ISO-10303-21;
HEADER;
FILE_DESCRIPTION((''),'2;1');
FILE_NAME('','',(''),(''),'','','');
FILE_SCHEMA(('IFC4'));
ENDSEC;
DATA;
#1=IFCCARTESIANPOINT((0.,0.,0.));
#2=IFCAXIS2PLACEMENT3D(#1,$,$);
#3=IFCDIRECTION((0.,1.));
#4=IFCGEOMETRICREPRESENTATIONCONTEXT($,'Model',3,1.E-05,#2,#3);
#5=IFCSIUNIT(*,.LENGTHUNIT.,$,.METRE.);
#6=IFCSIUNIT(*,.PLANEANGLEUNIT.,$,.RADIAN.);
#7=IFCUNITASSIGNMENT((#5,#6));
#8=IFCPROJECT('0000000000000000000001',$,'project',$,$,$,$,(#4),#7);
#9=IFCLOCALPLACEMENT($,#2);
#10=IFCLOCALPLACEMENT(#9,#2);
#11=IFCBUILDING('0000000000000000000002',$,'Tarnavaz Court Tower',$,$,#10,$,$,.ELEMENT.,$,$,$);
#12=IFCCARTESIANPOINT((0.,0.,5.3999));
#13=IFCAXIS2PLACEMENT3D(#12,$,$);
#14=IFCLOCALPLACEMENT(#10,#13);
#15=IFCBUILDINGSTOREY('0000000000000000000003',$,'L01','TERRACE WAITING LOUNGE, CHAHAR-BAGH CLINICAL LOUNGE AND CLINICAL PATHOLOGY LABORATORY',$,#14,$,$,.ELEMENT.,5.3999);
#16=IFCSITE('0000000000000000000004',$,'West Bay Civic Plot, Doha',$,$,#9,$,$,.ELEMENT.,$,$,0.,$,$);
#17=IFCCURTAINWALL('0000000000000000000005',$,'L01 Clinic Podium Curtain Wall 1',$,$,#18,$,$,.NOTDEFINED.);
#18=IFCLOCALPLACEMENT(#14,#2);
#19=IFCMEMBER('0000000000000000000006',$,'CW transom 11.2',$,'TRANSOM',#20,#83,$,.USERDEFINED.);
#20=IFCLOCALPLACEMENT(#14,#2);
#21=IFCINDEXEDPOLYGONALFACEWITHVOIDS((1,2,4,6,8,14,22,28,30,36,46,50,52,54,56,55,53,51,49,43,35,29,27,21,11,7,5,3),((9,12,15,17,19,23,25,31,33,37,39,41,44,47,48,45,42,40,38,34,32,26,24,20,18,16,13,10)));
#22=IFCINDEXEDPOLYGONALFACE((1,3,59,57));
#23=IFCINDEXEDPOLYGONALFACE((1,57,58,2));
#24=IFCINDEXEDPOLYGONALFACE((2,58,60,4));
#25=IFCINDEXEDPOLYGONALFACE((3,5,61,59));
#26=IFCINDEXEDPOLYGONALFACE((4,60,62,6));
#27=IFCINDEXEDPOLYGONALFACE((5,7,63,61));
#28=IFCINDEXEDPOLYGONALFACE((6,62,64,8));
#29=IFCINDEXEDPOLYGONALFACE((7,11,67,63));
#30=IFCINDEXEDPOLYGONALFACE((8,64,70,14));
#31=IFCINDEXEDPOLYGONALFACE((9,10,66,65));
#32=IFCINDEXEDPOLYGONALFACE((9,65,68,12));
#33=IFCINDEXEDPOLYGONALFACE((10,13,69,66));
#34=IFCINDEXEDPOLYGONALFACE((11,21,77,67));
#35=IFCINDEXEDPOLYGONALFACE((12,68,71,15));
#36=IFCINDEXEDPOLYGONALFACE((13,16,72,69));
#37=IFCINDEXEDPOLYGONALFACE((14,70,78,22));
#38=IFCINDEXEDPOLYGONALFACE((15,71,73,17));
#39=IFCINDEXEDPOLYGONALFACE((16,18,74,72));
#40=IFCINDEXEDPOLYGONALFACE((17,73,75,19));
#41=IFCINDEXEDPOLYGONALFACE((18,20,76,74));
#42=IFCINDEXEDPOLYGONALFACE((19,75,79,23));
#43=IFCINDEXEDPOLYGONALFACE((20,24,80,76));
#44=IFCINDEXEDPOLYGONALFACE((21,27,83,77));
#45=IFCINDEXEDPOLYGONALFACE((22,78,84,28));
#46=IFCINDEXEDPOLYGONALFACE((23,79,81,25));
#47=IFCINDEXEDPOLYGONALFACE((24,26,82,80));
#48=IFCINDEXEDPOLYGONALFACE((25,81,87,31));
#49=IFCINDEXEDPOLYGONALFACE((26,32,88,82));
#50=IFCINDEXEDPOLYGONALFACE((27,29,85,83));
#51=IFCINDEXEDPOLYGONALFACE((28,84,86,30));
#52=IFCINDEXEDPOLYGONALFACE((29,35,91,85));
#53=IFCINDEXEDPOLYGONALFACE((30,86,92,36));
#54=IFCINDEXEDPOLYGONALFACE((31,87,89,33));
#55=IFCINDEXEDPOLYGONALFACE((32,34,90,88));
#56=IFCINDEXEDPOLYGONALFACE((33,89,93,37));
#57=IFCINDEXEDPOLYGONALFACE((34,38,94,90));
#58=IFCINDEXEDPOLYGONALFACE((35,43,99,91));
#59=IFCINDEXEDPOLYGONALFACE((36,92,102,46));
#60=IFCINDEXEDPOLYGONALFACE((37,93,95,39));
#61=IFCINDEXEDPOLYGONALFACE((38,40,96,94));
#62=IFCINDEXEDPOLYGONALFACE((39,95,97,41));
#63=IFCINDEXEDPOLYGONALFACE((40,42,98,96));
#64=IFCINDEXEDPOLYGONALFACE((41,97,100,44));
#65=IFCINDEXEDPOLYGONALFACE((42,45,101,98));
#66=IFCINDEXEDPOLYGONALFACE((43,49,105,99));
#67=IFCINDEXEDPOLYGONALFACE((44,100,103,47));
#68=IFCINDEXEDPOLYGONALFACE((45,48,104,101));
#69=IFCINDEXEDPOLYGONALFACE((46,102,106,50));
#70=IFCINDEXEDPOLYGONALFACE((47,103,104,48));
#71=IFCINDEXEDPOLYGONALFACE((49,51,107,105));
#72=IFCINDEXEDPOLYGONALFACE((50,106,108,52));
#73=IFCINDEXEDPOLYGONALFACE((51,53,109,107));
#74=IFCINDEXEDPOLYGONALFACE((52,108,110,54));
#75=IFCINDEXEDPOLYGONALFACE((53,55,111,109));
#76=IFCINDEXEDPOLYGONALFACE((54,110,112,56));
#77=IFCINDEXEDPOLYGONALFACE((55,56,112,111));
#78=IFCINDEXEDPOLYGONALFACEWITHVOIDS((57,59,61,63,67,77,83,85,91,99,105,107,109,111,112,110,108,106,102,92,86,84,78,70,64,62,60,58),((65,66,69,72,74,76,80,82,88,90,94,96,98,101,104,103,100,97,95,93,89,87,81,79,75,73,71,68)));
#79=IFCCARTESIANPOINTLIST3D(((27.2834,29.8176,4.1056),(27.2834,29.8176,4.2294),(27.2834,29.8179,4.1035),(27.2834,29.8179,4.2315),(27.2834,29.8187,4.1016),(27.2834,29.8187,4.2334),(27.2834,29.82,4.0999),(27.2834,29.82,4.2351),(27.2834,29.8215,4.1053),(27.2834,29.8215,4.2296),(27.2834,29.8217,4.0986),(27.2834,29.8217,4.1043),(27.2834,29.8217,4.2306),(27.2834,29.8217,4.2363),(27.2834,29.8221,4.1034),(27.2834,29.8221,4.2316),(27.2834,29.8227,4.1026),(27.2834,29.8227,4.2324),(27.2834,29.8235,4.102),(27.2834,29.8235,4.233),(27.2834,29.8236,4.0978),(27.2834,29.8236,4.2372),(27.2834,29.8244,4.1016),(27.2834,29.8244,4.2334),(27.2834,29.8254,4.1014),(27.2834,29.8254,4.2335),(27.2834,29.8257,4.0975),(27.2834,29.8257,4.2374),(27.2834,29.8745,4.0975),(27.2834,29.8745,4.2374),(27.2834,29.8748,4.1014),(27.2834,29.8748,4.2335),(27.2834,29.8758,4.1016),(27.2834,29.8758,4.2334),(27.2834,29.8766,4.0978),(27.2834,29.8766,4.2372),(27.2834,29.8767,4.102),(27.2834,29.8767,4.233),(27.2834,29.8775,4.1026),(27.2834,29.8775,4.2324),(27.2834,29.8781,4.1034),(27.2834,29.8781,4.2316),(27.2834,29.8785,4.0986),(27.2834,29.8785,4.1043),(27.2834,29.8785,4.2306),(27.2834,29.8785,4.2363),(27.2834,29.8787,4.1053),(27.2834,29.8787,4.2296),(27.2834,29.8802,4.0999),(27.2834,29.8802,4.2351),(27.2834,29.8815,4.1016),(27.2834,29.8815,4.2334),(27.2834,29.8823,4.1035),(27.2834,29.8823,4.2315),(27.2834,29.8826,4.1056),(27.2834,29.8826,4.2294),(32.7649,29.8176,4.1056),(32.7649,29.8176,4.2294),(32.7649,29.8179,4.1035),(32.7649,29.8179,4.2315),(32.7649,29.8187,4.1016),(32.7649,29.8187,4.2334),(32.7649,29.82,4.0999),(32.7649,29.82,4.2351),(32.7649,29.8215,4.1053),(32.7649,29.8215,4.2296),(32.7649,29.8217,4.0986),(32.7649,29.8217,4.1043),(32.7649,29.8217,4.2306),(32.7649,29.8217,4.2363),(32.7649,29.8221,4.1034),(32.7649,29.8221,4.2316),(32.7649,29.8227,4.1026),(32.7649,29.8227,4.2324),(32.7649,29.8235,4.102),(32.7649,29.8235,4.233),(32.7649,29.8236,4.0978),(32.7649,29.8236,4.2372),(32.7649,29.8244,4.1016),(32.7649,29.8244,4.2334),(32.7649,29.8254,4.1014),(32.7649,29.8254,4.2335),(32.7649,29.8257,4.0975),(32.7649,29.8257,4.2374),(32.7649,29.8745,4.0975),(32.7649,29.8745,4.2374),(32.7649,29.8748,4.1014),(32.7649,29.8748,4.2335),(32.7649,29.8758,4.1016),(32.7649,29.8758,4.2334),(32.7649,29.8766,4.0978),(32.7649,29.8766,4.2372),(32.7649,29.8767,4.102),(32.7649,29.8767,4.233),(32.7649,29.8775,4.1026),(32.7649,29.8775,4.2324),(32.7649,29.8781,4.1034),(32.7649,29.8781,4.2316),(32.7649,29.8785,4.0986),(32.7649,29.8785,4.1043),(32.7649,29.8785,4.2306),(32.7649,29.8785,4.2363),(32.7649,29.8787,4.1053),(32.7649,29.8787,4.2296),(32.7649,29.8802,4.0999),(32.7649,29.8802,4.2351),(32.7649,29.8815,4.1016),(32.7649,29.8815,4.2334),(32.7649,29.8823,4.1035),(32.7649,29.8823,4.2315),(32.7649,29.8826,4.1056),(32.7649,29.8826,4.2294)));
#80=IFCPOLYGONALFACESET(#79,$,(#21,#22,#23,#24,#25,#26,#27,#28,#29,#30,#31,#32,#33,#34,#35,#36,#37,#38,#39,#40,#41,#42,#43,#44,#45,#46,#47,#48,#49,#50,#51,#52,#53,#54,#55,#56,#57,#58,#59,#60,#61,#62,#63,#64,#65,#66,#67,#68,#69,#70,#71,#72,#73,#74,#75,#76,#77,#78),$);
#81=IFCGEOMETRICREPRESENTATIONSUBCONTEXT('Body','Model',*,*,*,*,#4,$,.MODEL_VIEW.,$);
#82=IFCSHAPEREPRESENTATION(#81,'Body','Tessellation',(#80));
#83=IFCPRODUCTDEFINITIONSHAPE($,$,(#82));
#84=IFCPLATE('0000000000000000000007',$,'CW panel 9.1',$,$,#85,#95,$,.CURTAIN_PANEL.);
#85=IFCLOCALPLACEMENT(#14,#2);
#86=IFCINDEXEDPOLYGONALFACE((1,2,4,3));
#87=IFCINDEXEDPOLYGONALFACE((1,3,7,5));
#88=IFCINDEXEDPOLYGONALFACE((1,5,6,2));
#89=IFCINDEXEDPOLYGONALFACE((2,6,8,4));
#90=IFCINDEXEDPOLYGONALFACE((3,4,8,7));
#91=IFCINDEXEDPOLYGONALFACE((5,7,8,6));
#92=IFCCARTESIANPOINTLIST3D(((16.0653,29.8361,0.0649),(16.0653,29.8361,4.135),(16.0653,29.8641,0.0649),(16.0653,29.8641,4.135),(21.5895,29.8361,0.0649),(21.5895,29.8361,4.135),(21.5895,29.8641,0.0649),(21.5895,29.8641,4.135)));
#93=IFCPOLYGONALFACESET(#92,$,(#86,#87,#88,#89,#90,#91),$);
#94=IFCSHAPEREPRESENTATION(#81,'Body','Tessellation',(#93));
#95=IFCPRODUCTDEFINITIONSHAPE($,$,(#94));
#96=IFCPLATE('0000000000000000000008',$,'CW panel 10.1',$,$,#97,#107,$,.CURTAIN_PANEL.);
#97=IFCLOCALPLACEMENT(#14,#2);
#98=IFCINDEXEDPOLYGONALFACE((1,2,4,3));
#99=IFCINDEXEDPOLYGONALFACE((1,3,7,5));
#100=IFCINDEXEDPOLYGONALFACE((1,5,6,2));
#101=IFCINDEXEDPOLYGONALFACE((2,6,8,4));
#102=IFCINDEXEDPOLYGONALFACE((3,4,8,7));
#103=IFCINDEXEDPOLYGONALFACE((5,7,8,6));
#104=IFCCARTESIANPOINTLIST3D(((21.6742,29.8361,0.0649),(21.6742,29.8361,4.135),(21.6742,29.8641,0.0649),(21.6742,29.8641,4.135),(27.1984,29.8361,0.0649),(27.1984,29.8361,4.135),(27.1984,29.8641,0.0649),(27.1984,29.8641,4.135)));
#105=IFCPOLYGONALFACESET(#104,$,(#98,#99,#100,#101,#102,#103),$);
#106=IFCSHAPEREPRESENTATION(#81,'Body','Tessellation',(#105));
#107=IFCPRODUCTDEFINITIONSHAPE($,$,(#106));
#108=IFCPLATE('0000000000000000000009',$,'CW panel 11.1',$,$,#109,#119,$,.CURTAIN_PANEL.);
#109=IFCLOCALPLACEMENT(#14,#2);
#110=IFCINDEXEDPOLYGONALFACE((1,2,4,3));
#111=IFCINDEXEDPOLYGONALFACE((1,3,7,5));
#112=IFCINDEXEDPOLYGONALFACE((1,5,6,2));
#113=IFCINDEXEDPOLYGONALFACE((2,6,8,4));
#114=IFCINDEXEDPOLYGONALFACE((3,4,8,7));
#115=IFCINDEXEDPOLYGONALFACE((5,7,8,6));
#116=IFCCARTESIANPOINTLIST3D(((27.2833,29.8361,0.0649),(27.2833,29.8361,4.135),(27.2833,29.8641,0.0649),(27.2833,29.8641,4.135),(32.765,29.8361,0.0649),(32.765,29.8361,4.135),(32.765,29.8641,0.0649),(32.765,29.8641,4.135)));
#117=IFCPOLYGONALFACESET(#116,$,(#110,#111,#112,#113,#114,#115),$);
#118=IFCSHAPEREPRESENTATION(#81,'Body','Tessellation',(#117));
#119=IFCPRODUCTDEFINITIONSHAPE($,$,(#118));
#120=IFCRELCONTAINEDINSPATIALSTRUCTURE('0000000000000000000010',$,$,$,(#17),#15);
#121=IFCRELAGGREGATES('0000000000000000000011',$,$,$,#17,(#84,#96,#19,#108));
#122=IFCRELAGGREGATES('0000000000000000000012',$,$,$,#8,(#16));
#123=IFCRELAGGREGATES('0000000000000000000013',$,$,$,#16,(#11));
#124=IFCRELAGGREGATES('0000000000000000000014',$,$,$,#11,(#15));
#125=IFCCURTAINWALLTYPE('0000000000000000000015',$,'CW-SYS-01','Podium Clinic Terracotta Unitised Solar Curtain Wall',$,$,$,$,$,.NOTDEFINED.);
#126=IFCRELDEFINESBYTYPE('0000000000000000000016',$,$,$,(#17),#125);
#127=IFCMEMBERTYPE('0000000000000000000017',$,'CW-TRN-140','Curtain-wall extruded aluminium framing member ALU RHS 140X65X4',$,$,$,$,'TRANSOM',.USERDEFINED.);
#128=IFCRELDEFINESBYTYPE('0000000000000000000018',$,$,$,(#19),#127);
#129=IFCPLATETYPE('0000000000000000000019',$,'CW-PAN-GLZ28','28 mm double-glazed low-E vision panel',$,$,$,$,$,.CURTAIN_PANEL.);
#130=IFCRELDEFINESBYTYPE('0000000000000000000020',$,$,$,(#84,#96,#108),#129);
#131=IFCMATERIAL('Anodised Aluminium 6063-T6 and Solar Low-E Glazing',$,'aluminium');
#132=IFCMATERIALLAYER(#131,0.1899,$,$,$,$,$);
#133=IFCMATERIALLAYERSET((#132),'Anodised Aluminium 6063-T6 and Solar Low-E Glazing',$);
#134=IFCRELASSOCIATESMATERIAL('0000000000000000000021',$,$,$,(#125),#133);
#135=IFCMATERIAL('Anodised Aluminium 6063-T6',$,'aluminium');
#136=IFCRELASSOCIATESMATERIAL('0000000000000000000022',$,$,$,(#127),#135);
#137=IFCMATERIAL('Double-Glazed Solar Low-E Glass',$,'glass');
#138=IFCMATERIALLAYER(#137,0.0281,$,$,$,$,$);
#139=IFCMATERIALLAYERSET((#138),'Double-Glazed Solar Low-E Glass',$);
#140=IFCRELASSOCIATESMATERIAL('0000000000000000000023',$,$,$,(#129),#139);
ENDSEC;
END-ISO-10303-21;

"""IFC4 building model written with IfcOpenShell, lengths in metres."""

from ifc_helpers import new_model, si_unit, direction, frame, origin, origin_2d, place, context, subcontext, project, spatial, rectangle, hollow_rectangle, extrude, material, layer, layer_set, material_profile, profile_set, type_object, element, aggregate, save


model = new_model("IFC4")

# Units and contexts
model_context = context("Model", 3, precision=1e-05, world=origin(), true_north=direction((0.0, 1.0)))
body_context = subcontext(model_context, "Body", "Model", "MODEL_VIEW")
ifc_project = project(units=[si_unit("LENGTHUNIT", "METRE"), si_unit("PLANEANGLEUNIT", "RADIAN")], contexts=[model_context])

# Site, building, storey
site_placement = place(None, origin())
site = spatial("IfcSite", under=ifc_project, at=site_placement, Name="West Bay Civic Plot, Doha", CompositionType="ELEMENT", RefElevation=0.0)
building_placement = place(site_placement, origin())
building = spatial("IfcBuilding", under=site, at=building_placement, Name="Tarnavaz Court Tower", CompositionType="ELEMENT")
storey_placement = place(building_placement, frame((0.0, 0.0, 5.3999)))
storey = spatial("IfcBuildingStorey", under=building, at=storey_placement, Name="L01", Description="TERRACE WAITING LOUNGE, CHAHAR-BAGH CLINICAL LOUNGE AND CLINICAL PATHOLOGY LABORATORY", CompositionType="ELEMENT", Elevation=5.3999)

# Curtain wall, member, plates
ifc_material_1 = material(Name="Anodised Aluminium 6063-T6 and Solar Low-E Glazing", Category="aluminium")
ifc_layer_1 = layer(ifc_material_1, 0.1899)
ifc_layer_set_1 = layer_set([ifc_layer_1], Name="Anodised Aluminium 6063-T6 and Solar Low-E Glazing")
curtain_wall_type = type_object("IfcCurtainWallType", Name="CW-SYS-01", Description="Podium Clinic Terracotta Unitised Solar Curtain Wall", PredefinedType="NOTDEFINED", material=ifc_layer_set_1)
curtain_wall_placement = place(storey_placement, origin())
curtain_wall = element("IfcCurtainWall", 1, at=curtain_wall_placement, inside=storey, type_object=curtain_wall_type, Name="L01 Clinic Podium Curtain Wall 1", PredefinedType="NOTDEFINED")
ifc_material_2 = material(Name="Anodised Aluminium 6063-T6", Category="aluminium")
ifc_material_profile_1 = material_profile(ifc_material_2, hollow_rectangle(XDim=0.0649, YDim=0.1399, WallThickness=0.0039, InnerFilletRadius=0.0039, OuterFilletRadius=0.0081, at=origin_2d()), Name="ALU RHS 140X65X4")
ifc_profile_set_1 = profile_set([ifc_material_profile_1], Name="Anodised Aluminium 6063-T6")
member_type_1 = type_object("IfcMemberType", Name="CW-TRN-140", Description="Curtain-wall extruded aluminium framing member ALU RHS 140X65X4", ElementType="TRANSOM", PredefinedType="USERDEFINED", material=ifc_profile_set_1)
member_1_placement = place(storey_placement, frame((27.2834, 29.8501, 4.1675), z_axis=(1.0, 0.0, 0.0), x_axis=(0.0, 1.0, 0.0)))
member_1 = element("IfcMember", 2, at=member_1_placement, type_object=member_type_1, Name="CW transom 11.2", ObjectType="TRANSOM", PredefinedType="USERDEFINED", context=body_context, shape_type="SweptSolid", body=[
    extrude(hollow_rectangle(XDim=0.0649, YDim=0.1399, WallThickness=0.0039, InnerFilletRadius=0.0039, OuterFilletRadius=0.0081, at=origin_2d()), origin(), (0.0, 0.0, 1.0), 5.4814),
])
ifc_material_3 = material(Name="Double-Glazed Solar Low-E Glass", Category="glass")
ifc_layer_2 = layer(ifc_material_3, 0.0281)
ifc_layer_set_2 = layer_set([ifc_layer_2], Name="Double-Glazed Solar Low-E Glass")
plate_type = type_object("IfcPlateType", Name="CW-PAN-GLZ28", Description="28 mm double-glazed low-E vision panel", PredefinedType="CURTAIN_PANEL", material=ifc_layer_set_2)
plate_1_placement = place(storey_placement, frame((18.8274, 29.8501, 0.0649), z_axis=(0.0, 0.0, 1.0), x_axis=(1.0, 0.0, 0.0)))
plate_1 = element("IfcPlate", 3, at=plate_1_placement, type_object=plate_type, Name="CW panel 9.1", PredefinedType="CURTAIN_PANEL", context=body_context, shape_type="SweptSolid", body=[
    extrude(rectangle(XDim=5.5242, YDim=0.0281, at=origin_2d()), origin(), (0.0, 0.0, 1.0), 4.0701),
])
plate_2_placement = place(storey_placement, frame((24.4363, 29.8501, 0.0649), z_axis=(0.0, 0.0, 1.0), x_axis=(1.0, 0.0, 0.0)))
plate_2 = element("IfcPlate", 4, at=plate_2_placement, type_object=plate_type, Name="CW panel 10.1", PredefinedType="CURTAIN_PANEL", context=body_context, shape_type="SweptSolid", body=[
    extrude(rectangle(XDim=5.5242, YDim=0.0281, at=origin_2d()), origin(), (0.0, 0.0, 1.0), 4.0701),
])
plate_3_placement = place(storey_placement, frame((30.0242, 29.8501, 0.0649), z_axis=(0.0, 0.0, 1.0), x_axis=(1.0, 0.0, 0.0)))
plate_3 = element("IfcPlate", 5, at=plate_3_placement, type_object=plate_type, Name="CW panel 11.1", PredefinedType="CURTAIN_PANEL", context=body_context, shape_type="SweptSolid", body=[
    extrude(rectangle(XDim=5.4817, YDim=0.0281, at=origin_2d()), origin(), (0.0, 0.0, 1.0), 4.0701),
])
aggregate(curtain_wall, [plate_1, plate_2, member_1, plate_3])

save(model, "model.ifc")
